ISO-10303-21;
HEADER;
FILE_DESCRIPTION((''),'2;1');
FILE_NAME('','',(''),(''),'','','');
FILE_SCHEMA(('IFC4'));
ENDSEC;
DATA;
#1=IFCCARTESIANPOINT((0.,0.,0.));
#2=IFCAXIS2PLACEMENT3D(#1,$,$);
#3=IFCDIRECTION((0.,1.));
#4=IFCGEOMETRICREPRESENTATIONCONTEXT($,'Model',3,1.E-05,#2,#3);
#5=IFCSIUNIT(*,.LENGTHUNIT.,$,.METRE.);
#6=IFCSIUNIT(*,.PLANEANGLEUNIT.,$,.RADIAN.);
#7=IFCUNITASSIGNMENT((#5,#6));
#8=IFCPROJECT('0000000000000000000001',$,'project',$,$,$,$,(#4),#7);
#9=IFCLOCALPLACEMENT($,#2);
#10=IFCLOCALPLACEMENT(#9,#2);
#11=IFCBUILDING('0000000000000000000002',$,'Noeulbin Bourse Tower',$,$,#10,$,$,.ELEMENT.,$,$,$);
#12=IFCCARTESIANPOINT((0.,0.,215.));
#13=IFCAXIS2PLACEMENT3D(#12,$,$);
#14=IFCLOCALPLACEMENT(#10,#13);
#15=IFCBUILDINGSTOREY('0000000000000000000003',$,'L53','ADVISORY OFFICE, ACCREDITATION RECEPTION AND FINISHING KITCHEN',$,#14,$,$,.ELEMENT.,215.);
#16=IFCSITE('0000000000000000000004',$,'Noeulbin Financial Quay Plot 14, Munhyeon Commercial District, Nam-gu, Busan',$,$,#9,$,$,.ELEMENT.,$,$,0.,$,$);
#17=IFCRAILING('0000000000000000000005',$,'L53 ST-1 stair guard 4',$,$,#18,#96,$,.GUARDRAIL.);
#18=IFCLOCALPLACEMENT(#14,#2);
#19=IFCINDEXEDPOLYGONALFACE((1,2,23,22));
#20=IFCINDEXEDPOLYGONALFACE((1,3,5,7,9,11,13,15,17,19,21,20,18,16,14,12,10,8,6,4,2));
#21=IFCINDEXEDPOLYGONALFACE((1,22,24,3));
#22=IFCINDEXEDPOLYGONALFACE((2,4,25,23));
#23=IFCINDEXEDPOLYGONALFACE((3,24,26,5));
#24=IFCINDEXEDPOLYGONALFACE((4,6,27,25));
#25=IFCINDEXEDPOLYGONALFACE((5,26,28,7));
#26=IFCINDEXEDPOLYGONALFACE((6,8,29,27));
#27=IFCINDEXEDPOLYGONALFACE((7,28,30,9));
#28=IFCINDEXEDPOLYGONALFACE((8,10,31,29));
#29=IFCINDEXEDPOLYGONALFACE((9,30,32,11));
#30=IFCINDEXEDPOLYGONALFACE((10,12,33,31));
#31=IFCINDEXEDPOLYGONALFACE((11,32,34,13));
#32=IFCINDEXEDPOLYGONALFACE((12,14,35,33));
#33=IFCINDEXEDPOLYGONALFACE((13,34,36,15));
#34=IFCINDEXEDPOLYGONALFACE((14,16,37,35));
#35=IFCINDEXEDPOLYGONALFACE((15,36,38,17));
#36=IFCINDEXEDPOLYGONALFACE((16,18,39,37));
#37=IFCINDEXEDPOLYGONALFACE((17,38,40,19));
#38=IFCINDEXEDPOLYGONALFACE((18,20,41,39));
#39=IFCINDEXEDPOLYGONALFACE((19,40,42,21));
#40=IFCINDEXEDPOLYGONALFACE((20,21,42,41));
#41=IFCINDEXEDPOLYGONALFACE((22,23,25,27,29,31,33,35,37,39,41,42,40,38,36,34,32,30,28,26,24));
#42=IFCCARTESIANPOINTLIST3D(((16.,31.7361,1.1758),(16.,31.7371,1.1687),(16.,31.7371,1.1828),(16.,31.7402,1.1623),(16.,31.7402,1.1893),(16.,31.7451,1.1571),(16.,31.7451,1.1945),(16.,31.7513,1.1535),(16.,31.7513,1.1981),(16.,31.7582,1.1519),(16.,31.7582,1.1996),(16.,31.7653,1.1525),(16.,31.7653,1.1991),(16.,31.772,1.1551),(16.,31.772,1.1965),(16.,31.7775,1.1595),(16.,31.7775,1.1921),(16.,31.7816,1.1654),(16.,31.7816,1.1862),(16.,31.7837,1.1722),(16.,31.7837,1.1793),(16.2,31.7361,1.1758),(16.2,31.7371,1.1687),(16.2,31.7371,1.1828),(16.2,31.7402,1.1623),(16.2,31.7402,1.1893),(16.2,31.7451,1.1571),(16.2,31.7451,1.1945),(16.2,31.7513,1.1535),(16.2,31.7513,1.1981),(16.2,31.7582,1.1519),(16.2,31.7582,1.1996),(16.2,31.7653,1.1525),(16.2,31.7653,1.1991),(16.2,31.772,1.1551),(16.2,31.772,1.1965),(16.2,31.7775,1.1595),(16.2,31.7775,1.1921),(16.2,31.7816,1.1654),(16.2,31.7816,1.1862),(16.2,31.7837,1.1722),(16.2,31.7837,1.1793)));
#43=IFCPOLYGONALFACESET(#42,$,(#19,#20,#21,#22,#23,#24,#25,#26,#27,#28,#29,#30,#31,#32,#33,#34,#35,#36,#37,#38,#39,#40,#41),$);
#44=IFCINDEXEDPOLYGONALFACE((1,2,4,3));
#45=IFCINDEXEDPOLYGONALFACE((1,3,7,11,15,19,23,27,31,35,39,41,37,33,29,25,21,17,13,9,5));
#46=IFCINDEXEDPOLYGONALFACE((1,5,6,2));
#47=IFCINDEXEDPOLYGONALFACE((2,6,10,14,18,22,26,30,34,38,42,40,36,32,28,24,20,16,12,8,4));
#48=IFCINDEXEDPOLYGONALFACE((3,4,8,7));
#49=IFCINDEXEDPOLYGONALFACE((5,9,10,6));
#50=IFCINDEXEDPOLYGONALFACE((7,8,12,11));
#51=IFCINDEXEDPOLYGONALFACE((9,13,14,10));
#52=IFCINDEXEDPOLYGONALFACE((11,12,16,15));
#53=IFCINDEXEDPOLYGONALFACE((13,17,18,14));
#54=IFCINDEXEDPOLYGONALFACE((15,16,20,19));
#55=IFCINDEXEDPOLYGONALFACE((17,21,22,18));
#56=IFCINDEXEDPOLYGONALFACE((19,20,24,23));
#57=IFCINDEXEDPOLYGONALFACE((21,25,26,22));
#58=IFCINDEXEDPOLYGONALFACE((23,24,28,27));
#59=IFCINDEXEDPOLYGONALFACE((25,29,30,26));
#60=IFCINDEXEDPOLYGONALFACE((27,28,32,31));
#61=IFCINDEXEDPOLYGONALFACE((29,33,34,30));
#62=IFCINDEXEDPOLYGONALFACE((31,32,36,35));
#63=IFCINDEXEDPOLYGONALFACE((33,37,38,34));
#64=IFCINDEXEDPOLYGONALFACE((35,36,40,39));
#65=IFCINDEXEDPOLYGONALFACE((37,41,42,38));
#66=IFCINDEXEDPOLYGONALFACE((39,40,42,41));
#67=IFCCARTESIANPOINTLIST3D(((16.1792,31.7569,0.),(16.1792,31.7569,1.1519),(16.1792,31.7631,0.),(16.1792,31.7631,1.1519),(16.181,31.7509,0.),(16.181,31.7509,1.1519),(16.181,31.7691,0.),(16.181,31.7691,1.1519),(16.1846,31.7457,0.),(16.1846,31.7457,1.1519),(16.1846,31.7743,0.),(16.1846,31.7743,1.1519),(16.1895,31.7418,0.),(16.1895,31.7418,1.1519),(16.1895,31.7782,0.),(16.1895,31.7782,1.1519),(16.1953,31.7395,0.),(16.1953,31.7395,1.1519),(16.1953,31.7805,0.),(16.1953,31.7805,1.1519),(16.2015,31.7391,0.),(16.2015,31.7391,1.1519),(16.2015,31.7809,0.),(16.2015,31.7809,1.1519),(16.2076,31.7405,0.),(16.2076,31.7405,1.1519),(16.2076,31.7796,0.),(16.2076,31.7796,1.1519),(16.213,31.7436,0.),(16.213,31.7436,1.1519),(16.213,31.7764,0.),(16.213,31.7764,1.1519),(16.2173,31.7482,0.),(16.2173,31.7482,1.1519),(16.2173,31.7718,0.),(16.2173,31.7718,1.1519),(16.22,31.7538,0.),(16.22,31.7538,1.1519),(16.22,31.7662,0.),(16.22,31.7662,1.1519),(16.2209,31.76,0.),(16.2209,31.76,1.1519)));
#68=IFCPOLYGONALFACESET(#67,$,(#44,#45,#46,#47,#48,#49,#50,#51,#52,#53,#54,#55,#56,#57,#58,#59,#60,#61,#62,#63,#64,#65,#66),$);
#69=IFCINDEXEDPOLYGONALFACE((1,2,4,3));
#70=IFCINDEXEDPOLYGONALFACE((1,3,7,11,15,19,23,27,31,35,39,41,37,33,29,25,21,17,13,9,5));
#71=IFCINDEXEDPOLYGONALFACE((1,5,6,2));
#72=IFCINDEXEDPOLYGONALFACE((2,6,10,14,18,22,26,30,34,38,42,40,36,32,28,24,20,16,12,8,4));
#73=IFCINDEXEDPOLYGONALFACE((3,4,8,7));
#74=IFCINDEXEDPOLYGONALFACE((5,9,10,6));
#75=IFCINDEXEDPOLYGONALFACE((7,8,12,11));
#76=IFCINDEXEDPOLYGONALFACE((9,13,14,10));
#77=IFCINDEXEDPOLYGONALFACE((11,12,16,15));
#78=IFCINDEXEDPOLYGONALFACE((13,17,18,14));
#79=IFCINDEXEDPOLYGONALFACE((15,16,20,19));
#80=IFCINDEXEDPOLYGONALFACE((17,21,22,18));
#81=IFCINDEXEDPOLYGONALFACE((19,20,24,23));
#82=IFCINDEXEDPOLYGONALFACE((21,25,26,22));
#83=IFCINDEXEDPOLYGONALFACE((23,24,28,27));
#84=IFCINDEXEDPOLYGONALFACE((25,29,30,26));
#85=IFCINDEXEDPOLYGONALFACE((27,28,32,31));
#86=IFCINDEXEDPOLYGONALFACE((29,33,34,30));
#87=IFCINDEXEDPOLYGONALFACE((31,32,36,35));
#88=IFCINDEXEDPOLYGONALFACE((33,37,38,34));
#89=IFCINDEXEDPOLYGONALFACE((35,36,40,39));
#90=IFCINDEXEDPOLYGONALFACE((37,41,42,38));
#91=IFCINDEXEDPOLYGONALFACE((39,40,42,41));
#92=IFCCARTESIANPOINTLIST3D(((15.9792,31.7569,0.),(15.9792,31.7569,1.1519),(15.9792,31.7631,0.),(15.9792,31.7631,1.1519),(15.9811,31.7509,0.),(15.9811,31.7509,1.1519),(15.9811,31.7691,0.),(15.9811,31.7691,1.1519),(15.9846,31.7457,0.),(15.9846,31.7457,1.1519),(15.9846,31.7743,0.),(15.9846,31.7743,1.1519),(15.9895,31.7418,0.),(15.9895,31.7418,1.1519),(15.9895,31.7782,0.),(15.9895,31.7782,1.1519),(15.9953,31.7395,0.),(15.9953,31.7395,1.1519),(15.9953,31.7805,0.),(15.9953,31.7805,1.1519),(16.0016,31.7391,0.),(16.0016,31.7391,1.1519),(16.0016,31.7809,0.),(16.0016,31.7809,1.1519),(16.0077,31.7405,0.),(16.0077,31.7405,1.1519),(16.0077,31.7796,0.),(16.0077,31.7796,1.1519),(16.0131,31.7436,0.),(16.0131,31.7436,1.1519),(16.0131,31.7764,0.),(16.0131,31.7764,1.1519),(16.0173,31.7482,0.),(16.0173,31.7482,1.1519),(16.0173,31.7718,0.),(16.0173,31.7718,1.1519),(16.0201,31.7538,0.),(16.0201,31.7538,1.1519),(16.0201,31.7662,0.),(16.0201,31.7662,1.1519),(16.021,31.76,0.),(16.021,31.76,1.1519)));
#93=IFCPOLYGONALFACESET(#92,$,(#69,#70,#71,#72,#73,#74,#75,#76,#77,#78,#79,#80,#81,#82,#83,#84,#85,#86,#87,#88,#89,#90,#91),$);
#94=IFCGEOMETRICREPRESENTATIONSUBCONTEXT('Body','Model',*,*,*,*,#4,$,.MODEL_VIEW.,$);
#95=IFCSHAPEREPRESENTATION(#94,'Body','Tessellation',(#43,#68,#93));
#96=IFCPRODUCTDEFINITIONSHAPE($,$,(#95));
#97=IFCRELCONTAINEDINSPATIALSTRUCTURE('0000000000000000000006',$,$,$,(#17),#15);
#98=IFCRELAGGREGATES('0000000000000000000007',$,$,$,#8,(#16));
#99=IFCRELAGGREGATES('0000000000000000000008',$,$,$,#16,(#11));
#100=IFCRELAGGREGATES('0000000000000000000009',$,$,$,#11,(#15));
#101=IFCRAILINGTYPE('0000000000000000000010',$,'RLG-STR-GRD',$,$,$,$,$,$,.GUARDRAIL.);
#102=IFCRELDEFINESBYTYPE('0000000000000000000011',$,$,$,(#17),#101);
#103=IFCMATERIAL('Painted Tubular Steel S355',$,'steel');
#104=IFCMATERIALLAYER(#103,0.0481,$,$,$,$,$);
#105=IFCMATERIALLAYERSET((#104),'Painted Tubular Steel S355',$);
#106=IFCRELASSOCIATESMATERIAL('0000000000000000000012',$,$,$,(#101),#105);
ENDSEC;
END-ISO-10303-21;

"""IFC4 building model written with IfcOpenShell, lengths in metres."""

from ifc_helpers import new_model, si_unit, direction, frame, origin, origin_2d, place, context, subcontext, project, spatial, circle, extrude, material, layer, layer_set, type_object, element, save


model = new_model("IFC4")

# Units and contexts
model_context = context("Model", 3, precision=1e-05, world=origin(), true_north=direction((0.0, 1.0)))
body_context = subcontext(model_context, "Body", "Model", "MODEL_VIEW")
ifc_project = project(units=[si_unit("LENGTHUNIT", "METRE"), si_unit("PLANEANGLEUNIT", "RADIAN")], contexts=[model_context])

# Site, building, storey
site_placement = place(None, origin())
site = spatial("IfcSite", under=ifc_project, at=site_placement, Name="Noeulbin Financial Quay Plot 14, Munhyeon Commercial District, Nam-gu, Busan", CompositionType="ELEMENT", RefElevation=0.0)
building_placement = place(site_placement, origin())
building = spatial("IfcBuilding", under=site, at=building_placement, Name="Noeulbin Bourse Tower", CompositionType="ELEMENT")
storey_placement = place(building_placement, frame((0.0, 0.0, 215.0)))
storey = spatial("IfcBuildingStorey", under=building, at=storey_placement, Name="L53", Description="ADVISORY OFFICE, ACCREDITATION RECEPTION AND FINISHING KITCHEN", CompositionType="ELEMENT", Elevation=215.0)

# Railing
ifc_material_1 = material(Name="Painted Tubular Steel S355", Category="steel")
ifc_layer_1 = layer(ifc_material_1, 0.0481)
ifc_layer_set_1 = layer_set([ifc_layer_1], Name="Painted Tubular Steel S355")
railing_type_1 = type_object("IfcRailingType", Name="RLG-STR-GRD", PredefinedType="GUARDRAIL", material=ifc_layer_set_1)
railing_1_placement = place(storey_placement, frame((16.2, 31.76, 0.0)))
element("IfcRailing", 1, at=railing_1_placement, inside=storey, type_object=railing_type_1, Name="L53 ST-1 stair guard 4", PredefinedType="GUARDRAIL", context=body_context, shape_type="SweptSolid", body=[
    extrude(circle(Radius=0.0239, at=origin_2d()), frame((0.0, 0.0, 1.1758), z_axis=(-1.0, 0.0, 0.0), x_axis=(0.0, -1.0, 0.0)), (0.0, 0.0, 1.0), 0.2),
    extrude(circle(Radius=0.021, at=origin_2d()), origin(), (0.0, 0.0, 1.0), 1.1519),
    extrude(circle(Radius=0.021, at=origin_2d()), frame((-0.2, 0.0, 0.0)), (0.0, 0.0, 1.0), 1.1519),
])

save(model, "model.ifc")
